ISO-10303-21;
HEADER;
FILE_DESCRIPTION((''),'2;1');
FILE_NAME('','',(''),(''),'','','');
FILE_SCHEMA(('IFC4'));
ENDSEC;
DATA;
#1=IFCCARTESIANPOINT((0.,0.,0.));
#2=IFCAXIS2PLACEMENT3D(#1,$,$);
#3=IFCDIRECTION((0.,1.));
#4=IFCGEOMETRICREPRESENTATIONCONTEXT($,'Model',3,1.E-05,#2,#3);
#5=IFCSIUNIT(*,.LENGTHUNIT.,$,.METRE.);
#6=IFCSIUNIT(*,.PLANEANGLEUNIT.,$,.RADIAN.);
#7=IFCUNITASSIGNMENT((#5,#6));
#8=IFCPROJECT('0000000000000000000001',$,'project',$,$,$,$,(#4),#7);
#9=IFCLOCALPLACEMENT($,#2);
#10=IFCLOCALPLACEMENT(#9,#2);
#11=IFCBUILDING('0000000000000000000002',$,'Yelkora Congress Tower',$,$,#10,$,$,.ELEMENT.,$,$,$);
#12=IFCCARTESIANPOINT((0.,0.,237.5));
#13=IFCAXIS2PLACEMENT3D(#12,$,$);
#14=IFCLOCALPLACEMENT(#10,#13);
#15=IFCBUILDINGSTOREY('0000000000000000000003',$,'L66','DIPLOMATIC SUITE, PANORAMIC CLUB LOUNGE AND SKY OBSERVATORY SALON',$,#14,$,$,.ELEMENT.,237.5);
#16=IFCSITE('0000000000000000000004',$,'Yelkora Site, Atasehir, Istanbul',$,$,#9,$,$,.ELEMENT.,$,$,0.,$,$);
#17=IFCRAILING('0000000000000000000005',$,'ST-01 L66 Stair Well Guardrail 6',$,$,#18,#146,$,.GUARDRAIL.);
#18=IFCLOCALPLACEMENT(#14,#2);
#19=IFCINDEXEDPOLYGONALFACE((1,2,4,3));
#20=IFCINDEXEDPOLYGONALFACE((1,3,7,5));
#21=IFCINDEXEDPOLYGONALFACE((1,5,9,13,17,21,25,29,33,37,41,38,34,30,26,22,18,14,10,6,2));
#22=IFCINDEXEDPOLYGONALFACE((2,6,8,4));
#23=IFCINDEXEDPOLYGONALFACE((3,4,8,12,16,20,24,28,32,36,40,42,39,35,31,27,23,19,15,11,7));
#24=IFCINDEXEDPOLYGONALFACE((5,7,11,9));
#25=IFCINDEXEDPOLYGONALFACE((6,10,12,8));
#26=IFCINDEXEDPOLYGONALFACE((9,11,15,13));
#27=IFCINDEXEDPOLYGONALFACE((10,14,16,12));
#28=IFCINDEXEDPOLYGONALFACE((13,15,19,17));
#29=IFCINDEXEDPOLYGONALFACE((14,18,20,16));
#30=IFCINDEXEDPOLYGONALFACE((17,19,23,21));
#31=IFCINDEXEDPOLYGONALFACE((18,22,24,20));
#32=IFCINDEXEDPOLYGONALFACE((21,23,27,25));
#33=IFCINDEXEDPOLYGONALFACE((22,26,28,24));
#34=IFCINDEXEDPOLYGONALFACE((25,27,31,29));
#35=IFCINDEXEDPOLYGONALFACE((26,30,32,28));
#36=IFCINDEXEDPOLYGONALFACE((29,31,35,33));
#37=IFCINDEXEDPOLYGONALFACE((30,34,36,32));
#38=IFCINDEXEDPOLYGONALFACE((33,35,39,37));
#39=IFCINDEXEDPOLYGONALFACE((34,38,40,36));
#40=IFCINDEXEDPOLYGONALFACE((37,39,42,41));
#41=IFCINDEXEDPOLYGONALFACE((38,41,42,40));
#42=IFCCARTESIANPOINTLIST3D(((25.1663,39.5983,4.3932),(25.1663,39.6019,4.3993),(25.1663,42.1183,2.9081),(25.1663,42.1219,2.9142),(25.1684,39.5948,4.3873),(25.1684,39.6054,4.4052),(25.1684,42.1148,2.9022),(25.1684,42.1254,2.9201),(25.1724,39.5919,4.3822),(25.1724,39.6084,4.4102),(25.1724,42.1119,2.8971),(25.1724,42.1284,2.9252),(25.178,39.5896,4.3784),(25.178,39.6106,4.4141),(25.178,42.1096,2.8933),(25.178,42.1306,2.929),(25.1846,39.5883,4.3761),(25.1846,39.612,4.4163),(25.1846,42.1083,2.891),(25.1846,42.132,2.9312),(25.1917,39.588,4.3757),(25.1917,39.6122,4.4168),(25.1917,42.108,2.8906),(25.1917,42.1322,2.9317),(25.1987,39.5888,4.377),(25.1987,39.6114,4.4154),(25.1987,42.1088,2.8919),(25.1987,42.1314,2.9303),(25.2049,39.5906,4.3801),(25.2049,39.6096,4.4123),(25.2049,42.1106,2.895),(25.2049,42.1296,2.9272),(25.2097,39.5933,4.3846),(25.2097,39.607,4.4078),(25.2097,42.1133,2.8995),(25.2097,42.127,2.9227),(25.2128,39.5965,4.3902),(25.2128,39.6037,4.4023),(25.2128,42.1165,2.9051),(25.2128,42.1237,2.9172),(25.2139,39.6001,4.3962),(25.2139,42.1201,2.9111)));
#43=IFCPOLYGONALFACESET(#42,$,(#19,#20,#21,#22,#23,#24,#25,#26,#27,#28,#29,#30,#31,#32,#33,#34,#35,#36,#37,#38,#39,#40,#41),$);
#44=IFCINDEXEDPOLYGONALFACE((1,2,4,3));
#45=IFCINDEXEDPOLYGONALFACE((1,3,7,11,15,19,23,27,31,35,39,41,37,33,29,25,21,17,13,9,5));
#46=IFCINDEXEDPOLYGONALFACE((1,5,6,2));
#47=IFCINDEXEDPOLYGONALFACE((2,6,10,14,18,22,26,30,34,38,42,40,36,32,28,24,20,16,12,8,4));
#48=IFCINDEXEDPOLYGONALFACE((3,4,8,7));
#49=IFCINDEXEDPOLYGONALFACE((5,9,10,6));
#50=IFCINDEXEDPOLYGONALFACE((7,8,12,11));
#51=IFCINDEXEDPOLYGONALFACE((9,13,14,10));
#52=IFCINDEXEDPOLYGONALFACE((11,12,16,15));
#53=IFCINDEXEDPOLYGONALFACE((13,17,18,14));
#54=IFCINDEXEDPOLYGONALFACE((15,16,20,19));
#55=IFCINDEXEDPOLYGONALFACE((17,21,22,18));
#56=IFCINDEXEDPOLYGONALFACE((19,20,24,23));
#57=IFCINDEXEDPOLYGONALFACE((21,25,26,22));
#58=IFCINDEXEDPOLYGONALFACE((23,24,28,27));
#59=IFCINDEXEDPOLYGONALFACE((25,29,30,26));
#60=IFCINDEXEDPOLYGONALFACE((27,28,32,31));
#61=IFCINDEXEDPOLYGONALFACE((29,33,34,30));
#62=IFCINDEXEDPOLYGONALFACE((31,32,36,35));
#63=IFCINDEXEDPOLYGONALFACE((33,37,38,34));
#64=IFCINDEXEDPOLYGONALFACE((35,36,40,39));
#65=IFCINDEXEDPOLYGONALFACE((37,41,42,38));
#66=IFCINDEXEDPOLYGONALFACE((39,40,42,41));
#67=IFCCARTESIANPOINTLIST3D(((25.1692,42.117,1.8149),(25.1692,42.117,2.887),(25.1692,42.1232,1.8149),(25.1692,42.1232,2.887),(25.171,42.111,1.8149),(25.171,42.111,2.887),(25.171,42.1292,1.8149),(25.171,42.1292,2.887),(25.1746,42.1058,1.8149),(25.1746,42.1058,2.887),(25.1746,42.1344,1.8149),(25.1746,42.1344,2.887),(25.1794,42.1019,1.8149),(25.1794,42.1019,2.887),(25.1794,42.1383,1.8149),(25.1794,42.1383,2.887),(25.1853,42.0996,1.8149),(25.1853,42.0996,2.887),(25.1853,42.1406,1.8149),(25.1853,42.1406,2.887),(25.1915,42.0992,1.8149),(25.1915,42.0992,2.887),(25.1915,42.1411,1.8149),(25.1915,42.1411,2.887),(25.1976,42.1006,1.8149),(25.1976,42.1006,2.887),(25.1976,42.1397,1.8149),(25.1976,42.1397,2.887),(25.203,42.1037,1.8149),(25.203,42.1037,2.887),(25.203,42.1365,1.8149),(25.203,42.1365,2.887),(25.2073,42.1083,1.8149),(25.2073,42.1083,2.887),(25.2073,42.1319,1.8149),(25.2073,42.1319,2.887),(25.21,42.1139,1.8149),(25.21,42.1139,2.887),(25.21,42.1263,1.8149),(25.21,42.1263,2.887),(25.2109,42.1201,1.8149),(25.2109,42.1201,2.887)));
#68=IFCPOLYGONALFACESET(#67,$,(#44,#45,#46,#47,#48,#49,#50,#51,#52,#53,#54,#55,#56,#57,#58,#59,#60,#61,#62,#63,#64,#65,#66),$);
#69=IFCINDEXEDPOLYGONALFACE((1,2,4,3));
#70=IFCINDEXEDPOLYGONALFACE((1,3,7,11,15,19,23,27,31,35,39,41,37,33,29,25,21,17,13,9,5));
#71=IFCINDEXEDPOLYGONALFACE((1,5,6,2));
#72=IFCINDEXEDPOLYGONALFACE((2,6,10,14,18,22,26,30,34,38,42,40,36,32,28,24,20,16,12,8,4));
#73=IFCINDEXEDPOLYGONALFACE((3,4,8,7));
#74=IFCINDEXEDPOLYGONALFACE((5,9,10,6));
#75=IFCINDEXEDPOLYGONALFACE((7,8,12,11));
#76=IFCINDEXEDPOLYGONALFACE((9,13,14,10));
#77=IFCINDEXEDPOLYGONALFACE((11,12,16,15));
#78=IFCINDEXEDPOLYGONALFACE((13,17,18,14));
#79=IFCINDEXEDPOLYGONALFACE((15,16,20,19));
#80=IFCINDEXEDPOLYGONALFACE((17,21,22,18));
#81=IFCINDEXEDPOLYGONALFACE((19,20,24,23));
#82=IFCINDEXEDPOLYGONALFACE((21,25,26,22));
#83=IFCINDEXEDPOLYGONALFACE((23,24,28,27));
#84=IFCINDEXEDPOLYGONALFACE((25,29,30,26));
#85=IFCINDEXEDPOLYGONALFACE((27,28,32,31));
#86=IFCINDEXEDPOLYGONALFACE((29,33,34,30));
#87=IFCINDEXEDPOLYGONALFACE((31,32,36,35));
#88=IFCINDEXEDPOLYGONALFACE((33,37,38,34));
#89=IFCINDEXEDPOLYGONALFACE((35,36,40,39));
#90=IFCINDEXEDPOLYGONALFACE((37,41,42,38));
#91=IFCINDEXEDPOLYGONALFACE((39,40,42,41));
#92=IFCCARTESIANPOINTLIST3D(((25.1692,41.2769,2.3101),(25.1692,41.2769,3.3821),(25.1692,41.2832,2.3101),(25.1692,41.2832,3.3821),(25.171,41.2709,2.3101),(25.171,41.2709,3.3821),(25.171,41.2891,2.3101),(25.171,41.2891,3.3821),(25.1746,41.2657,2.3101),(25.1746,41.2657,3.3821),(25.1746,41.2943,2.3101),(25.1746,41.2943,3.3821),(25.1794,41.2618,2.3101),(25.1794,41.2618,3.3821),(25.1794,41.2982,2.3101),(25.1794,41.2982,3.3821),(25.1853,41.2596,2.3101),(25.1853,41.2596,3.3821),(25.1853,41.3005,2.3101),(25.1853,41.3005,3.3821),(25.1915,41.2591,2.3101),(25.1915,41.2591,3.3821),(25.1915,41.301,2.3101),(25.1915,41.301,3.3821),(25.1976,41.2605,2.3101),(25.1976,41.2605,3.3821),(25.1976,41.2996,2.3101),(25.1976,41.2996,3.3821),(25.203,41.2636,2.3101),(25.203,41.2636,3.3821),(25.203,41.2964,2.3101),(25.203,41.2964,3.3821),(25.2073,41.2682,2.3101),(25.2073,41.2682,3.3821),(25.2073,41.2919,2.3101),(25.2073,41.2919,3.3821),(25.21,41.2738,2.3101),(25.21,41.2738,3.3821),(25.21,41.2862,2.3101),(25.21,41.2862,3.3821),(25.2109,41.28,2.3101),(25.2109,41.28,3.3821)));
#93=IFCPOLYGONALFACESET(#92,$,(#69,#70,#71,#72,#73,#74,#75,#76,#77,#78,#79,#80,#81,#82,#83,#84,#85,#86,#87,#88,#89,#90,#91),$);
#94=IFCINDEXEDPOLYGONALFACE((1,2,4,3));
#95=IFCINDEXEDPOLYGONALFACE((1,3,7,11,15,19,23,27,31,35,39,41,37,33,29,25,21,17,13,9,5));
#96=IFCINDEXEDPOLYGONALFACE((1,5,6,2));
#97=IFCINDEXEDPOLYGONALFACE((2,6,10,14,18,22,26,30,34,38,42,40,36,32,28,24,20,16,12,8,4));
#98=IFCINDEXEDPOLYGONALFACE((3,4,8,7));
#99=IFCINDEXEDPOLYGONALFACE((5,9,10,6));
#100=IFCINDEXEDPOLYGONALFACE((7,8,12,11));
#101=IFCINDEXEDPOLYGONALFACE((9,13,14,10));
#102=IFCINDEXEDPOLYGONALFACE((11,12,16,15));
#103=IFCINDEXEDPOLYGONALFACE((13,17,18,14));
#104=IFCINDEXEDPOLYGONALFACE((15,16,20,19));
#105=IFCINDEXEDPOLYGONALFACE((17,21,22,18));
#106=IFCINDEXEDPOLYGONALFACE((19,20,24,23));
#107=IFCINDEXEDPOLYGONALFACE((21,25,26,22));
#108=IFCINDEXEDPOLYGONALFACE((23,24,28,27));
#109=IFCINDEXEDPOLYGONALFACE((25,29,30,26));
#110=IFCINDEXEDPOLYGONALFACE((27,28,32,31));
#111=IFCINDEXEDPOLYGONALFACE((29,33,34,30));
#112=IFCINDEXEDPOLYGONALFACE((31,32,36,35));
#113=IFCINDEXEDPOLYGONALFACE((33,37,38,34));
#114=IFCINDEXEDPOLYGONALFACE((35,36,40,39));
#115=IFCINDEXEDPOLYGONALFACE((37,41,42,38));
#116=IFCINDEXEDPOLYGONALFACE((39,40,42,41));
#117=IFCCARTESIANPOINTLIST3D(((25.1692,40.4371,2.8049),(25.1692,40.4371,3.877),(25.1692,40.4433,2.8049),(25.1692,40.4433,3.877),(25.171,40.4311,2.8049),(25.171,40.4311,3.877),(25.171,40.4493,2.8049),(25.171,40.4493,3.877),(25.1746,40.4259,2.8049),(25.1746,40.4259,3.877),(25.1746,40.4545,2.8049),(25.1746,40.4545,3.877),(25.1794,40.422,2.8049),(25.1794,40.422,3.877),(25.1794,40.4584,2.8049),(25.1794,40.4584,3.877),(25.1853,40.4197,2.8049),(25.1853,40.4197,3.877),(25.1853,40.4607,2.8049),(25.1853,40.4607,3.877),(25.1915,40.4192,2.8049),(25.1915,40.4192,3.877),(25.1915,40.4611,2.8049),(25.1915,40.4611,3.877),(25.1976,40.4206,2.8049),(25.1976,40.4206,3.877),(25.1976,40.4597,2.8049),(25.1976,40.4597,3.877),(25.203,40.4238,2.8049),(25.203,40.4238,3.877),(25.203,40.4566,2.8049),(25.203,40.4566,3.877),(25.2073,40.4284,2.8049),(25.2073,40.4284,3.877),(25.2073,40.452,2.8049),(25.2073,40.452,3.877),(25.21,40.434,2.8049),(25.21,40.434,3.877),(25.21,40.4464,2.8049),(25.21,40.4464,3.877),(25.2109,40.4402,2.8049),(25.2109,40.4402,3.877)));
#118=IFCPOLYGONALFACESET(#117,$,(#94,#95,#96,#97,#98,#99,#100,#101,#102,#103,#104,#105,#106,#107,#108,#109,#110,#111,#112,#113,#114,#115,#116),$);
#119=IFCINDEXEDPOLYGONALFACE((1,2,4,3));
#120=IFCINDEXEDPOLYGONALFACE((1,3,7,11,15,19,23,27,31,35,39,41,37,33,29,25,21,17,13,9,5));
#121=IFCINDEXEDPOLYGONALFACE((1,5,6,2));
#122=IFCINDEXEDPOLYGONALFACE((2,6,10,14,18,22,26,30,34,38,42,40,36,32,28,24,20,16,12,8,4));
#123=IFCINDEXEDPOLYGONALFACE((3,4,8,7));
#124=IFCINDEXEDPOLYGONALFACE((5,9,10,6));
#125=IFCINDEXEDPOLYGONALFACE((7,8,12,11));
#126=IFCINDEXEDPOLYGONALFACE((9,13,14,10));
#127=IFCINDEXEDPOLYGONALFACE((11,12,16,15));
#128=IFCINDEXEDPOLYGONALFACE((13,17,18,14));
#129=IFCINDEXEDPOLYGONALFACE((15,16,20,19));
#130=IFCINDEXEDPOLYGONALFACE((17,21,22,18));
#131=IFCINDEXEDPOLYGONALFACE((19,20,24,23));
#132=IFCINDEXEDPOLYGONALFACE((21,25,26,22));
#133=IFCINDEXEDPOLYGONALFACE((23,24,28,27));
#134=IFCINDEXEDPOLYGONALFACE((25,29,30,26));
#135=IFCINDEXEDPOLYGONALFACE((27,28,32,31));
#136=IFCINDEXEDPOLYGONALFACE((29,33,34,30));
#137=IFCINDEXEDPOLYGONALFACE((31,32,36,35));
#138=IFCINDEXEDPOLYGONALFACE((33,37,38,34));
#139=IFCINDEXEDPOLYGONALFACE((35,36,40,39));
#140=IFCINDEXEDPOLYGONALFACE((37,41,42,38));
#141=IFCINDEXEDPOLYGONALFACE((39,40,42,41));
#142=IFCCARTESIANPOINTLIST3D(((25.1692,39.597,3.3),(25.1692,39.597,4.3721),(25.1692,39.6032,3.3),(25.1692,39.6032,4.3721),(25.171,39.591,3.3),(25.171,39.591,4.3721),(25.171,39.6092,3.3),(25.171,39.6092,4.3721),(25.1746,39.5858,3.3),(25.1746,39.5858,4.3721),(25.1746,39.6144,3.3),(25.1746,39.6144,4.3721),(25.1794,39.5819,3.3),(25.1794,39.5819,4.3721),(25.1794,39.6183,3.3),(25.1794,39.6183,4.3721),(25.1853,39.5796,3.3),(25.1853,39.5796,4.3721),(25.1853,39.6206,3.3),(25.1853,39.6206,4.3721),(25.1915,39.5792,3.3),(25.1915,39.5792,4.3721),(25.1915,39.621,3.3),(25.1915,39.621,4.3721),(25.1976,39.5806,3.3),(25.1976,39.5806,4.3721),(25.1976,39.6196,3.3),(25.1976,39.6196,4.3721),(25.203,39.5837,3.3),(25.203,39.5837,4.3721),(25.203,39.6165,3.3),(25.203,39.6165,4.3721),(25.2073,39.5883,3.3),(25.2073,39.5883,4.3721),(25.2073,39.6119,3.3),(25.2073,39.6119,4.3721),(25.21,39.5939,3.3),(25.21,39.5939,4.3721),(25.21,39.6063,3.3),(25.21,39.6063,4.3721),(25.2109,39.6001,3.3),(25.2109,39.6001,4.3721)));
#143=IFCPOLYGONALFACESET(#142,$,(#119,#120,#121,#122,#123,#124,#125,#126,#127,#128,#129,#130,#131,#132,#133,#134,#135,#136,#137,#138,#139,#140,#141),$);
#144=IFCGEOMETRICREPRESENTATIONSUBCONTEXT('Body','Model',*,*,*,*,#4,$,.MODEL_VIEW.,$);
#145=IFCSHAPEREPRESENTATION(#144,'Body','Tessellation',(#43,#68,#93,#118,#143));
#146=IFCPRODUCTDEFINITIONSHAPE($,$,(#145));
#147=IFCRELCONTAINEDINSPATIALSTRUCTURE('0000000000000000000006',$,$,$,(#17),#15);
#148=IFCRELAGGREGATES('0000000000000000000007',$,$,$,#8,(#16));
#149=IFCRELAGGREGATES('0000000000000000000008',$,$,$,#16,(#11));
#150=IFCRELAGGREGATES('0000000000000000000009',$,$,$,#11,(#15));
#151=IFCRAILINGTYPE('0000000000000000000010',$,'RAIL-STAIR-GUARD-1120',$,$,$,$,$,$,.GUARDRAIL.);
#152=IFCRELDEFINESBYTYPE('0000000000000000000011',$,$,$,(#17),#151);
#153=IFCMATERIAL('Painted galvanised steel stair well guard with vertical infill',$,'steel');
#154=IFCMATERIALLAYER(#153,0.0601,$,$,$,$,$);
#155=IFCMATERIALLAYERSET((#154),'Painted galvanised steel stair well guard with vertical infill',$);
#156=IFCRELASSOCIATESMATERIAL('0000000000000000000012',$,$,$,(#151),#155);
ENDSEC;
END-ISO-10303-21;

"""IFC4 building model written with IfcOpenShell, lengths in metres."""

from ifc_helpers import new_model, si_unit, direction, frame, origin, origin_2d, place, context, subcontext, project, spatial, circle, extrude, material, layer, layer_set, type_object, element, save


model = new_model("IFC4")

# Units and contexts
model_context = context("Model", 3, precision=1e-05, world=origin(), true_north=direction((0.0, 1.0)))
body_context = subcontext(model_context, "Body", "Model", "MODEL_VIEW")
ifc_project = project(units=[si_unit("LENGTHUNIT", "METRE"), si_unit("PLANEANGLEUNIT", "RADIAN")], contexts=[model_context])

# Site, building, storey
site_placement = place(None, origin())
site = spatial("IfcSite", under=ifc_project, at=site_placement, Name="Yelkora Site, Atasehir, Istanbul", CompositionType="ELEMENT", RefElevation=0.0)
building_placement = place(site_placement, origin())
building = spatial("IfcBuilding", under=site, at=building_placement, Name="Yelkora Congress Tower", CompositionType="ELEMENT")
storey_placement = place(building_placement, frame((0.0, 0.0, 237.5)))
storey = spatial("IfcBuildingStorey", under=building, at=storey_placement, Name="L66", Description="DIPLOMATIC SUITE, PANORAMIC CLUB LOUNGE AND SKY OBSERVATORY SALON", CompositionType="ELEMENT", Elevation=237.5)

# Railing
ifc_material_1 = material(Name="Painted galvanised steel stair well guard with vertical infill", Category="steel")
ifc_layer_1 = layer(ifc_material_1, 0.0601)
ifc_layer_set_1 = layer_set([ifc_layer_1], Name="Painted galvanised steel stair well guard with vertical infill")
railing_type = type_object("IfcRailingType", Name="RAIL-STAIR-GUARD-1120", PredefinedType="GUARDRAIL", material=ifc_layer_set_1)
railing_1_placement = place(storey_placement, frame((25.1899, 42.1201, 1.8149)))
element("IfcRailing", 1, at=railing_1_placement, inside=storey, type_object=railing_type, Name="ST-01 L66 Stair Well Guardrail 6", PredefinedType="GUARDRAIL", context=body_context, shape_type="SweptSolid", body=[
    extrude(circle(Radius=0.0239, at=origin_2d()), frame((0.0, 0.0, 1.0962), z_axis=(0.0, -0.861524, 0.507717), x_axis=(1.0, 0.0, 0.0)), (0.0, 0.0, 1.0), 2.925),
    extrude(circle(Radius=0.021, at=origin_2d()), origin(), (0.0, 0.0, 1.0), 1.072),
    extrude(circle(Radius=0.021, at=origin_2d()), frame((0.0, -0.8401, 0.4951)), (0.0, 0.0, 1.0), 1.072),
    extrude(circle(Radius=0.021, at=origin_2d()), frame((0.0, -1.6799, 0.99)), (0.0, 0.0, 1.0), 1.072),
    extrude(circle(Radius=0.021, at=origin_2d()), frame((0.0, -2.52, 1.4851)), (0.0, 0.0, 1.0), 1.072),
])

save(model, "model.ifc")
